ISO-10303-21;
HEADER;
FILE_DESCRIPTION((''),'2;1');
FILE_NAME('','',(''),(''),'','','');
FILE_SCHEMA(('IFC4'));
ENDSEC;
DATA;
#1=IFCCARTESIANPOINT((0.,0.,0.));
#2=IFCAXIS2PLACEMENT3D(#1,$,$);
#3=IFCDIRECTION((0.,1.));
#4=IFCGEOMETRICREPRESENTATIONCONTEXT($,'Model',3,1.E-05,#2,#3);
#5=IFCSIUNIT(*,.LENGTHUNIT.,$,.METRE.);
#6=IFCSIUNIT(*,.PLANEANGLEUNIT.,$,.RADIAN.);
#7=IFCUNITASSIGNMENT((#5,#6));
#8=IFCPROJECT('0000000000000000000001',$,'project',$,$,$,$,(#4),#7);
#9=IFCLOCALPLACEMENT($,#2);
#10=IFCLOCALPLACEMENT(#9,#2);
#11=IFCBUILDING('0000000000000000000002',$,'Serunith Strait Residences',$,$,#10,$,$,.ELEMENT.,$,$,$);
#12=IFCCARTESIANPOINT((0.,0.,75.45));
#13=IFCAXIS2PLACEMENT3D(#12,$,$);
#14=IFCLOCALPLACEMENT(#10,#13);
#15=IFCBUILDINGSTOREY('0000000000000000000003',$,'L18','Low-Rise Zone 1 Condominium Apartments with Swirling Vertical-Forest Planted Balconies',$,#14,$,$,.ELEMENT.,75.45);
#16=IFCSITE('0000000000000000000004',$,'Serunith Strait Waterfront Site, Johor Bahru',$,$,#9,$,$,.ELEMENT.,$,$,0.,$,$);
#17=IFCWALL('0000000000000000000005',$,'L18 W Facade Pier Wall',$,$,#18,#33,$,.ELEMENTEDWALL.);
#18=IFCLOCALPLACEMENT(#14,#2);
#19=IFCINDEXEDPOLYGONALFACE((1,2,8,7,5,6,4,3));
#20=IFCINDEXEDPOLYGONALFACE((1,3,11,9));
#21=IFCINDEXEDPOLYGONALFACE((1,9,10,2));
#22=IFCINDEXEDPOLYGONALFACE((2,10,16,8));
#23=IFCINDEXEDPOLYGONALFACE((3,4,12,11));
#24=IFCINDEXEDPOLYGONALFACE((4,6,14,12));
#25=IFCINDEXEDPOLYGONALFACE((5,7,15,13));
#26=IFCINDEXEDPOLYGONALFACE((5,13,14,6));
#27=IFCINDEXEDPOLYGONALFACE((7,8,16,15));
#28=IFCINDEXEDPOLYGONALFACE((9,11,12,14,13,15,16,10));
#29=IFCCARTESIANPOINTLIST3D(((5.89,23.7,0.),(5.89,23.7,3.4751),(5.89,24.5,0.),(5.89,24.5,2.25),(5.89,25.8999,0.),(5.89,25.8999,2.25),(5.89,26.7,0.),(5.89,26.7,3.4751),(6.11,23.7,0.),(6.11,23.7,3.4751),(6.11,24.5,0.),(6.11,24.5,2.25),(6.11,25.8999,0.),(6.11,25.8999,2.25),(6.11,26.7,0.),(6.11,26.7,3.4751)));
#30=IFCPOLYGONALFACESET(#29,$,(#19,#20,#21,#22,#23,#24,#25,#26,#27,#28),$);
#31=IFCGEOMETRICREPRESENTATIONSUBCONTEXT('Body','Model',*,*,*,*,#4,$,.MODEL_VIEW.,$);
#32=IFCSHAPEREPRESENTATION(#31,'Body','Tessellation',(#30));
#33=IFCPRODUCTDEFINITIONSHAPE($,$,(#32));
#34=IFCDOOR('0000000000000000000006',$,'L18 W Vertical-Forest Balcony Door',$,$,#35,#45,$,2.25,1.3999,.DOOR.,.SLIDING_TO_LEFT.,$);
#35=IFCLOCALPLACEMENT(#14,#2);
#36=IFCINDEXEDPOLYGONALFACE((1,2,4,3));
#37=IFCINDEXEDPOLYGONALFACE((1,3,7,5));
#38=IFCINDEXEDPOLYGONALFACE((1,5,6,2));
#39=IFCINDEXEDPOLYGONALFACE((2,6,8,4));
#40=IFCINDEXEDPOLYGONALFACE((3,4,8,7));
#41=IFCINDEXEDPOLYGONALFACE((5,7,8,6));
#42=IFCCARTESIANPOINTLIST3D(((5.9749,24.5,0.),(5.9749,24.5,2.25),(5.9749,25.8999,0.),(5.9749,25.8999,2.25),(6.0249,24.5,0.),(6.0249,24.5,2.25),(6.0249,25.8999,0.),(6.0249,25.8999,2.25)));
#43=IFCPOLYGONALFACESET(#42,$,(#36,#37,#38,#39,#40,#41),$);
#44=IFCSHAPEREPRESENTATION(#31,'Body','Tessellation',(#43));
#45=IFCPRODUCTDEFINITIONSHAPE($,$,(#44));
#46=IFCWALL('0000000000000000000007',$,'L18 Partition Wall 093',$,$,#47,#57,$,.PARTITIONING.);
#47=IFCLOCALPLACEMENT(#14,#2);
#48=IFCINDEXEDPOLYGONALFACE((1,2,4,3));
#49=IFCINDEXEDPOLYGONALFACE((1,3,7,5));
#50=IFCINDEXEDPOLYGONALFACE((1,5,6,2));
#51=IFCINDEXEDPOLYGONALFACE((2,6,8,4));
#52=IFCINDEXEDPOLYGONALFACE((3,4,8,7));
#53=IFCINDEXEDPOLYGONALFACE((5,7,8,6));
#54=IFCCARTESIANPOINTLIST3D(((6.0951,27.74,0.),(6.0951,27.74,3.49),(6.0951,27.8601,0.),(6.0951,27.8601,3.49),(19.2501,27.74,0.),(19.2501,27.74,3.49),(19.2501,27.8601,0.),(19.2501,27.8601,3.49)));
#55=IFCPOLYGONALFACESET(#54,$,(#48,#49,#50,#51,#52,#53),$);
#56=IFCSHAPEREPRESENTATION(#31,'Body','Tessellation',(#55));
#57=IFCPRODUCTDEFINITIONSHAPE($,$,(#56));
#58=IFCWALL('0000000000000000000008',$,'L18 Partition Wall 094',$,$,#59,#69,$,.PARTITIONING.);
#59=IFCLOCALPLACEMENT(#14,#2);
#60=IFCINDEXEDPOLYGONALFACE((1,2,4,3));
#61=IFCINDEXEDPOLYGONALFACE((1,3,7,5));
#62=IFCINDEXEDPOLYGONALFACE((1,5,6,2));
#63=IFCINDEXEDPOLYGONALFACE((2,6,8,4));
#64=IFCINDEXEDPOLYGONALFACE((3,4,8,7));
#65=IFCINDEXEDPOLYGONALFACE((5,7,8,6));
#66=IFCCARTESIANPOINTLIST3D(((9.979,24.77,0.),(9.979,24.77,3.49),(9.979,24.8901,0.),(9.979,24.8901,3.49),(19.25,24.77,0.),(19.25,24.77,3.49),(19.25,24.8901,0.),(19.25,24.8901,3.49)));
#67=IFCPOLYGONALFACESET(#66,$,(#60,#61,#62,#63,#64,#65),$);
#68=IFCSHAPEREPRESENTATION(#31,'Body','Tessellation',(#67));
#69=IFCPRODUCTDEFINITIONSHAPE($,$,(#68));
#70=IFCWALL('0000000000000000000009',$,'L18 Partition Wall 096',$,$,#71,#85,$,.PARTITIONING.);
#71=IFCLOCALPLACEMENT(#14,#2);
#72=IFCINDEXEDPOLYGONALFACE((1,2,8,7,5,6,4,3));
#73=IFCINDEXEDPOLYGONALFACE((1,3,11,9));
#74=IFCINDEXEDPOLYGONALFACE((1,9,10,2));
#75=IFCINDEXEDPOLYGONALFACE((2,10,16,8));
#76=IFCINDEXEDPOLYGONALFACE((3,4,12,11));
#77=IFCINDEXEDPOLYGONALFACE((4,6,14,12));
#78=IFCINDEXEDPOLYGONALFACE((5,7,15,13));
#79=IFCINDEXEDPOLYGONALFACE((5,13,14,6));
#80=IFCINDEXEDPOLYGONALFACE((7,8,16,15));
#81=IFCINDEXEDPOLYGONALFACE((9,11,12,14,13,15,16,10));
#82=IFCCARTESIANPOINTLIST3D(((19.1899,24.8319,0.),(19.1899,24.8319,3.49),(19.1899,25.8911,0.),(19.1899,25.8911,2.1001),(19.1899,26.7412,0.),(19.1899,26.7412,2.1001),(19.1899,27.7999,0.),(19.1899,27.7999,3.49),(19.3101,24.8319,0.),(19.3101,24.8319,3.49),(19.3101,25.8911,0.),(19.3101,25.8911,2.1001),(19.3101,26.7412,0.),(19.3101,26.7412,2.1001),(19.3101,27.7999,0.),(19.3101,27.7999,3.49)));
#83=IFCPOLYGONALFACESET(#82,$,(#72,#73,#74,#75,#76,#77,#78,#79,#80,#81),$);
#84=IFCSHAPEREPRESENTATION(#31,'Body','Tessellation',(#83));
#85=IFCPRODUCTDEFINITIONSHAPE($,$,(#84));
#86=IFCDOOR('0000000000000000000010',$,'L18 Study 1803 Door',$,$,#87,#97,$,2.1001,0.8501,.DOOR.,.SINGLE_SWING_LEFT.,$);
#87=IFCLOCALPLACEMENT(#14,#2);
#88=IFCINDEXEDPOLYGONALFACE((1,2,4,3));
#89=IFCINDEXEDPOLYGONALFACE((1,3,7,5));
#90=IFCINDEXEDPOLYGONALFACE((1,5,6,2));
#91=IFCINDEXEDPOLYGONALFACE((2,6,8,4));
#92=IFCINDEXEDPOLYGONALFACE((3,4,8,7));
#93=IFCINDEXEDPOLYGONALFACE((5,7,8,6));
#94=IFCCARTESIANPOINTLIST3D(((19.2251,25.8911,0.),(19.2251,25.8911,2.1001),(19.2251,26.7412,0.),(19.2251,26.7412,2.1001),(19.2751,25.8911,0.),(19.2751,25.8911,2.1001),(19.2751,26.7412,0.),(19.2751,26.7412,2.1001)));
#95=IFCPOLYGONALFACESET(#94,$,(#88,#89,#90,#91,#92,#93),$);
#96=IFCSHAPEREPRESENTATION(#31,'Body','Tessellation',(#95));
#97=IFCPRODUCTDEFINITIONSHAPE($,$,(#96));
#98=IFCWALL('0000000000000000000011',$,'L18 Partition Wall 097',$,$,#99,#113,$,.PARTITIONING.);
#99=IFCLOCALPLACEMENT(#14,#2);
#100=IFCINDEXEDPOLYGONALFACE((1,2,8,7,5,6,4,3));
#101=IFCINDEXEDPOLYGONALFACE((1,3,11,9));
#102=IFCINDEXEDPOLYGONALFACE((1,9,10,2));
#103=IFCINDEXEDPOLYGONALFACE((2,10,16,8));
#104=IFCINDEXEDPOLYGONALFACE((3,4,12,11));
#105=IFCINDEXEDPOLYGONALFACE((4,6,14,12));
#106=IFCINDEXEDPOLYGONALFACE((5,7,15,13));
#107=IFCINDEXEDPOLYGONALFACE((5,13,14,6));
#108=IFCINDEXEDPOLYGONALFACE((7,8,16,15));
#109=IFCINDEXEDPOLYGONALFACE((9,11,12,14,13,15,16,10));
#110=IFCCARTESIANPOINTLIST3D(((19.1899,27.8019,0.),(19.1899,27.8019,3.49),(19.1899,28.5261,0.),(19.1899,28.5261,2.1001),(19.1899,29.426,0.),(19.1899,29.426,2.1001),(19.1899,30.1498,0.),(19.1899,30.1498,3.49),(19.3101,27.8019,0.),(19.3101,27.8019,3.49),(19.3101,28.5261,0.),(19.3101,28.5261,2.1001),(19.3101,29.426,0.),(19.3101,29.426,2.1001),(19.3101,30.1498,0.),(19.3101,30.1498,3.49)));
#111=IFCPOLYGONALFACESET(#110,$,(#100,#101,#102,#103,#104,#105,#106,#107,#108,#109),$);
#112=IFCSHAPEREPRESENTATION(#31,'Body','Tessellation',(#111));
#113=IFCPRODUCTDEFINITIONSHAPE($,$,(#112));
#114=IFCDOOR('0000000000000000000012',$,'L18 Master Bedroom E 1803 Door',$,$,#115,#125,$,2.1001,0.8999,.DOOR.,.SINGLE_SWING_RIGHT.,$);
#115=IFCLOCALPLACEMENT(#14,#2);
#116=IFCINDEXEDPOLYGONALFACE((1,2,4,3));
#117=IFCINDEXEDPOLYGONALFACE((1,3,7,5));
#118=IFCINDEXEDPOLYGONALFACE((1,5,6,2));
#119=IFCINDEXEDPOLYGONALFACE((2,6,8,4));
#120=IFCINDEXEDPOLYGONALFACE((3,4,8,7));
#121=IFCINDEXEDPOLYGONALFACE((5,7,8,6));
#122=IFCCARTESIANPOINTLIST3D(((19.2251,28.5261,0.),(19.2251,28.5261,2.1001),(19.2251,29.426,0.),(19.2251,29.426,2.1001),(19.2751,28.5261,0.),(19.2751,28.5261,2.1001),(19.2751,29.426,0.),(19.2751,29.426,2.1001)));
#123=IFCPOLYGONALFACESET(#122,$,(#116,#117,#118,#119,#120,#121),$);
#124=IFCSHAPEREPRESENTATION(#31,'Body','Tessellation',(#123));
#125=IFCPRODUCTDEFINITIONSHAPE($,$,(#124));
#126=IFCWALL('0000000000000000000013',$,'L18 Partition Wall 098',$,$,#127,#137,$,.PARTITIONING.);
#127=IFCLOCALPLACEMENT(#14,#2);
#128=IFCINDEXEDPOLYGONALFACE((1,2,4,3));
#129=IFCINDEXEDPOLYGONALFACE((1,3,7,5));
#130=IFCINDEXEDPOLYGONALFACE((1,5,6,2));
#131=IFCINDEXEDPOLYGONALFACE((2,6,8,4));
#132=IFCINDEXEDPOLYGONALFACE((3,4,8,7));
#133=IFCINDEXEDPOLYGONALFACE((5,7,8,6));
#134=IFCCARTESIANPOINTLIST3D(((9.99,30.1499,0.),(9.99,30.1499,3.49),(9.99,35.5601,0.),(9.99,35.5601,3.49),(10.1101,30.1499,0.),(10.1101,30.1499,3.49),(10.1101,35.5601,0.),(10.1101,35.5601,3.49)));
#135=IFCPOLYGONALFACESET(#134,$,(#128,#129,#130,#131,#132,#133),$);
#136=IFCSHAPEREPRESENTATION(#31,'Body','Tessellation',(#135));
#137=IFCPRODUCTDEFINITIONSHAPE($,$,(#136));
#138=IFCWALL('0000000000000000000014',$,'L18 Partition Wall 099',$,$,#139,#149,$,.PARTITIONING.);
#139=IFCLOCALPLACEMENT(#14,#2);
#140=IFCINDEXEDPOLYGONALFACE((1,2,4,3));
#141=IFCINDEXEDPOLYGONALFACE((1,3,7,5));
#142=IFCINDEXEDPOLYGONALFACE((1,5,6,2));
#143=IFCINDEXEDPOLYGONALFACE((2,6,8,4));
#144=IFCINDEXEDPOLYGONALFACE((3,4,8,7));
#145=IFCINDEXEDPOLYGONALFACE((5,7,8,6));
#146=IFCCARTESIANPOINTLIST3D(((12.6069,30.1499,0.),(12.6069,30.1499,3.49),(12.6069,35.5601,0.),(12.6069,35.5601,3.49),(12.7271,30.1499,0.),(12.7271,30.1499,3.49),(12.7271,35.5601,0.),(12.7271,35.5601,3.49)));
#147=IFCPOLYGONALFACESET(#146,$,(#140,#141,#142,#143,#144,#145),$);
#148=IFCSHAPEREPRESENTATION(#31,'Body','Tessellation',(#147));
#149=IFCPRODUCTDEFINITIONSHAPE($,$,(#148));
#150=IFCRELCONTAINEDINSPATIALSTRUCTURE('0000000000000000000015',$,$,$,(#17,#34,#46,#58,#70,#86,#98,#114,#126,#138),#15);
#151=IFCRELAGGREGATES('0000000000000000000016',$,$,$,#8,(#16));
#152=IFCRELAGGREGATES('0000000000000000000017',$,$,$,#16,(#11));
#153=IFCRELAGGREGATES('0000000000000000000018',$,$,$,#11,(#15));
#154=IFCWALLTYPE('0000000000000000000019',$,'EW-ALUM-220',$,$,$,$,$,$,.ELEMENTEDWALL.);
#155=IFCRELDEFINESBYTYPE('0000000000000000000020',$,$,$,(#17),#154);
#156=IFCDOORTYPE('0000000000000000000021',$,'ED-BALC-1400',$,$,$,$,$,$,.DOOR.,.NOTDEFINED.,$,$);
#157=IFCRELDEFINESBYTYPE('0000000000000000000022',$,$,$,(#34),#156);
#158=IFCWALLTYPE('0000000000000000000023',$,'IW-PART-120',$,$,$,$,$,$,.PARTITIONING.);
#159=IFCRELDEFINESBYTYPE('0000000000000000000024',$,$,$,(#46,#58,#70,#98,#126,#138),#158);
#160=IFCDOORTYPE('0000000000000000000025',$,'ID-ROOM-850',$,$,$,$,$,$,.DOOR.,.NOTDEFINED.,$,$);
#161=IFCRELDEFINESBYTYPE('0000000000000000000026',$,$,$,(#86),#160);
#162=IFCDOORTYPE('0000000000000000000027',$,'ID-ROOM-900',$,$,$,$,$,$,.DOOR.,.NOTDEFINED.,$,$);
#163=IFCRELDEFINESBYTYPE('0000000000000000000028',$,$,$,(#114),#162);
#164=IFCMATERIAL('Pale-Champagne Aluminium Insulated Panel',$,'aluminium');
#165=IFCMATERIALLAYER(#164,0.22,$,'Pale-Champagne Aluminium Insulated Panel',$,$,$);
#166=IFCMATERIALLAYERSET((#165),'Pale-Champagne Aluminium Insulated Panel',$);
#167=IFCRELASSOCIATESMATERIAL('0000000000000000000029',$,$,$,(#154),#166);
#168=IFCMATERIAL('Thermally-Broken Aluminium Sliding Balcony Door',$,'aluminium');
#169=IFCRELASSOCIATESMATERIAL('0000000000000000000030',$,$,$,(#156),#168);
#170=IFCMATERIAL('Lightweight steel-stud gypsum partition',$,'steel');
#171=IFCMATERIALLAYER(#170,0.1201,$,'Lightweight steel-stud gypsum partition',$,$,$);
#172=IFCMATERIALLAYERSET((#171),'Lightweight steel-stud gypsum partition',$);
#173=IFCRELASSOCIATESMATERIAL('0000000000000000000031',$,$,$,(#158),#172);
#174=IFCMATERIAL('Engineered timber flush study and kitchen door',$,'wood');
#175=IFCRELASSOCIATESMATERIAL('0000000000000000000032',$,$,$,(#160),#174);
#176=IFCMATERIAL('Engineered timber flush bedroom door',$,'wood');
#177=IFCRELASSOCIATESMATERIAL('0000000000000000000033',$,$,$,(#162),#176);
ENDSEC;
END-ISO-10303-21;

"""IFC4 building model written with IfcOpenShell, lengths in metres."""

from ifc_helpers import new_model, si_unit, direction, frame, frame_2d, origin, place, context, subcontext, project, spatial, rectangle, extrude, source, transform, mapped, material, layer, layer_set, type_object, element, fill, save


model = new_model("IFC4")

# Units and contexts
model_context = context("Model", 3, precision=1e-05, world=origin(), true_north=direction((0.0, 1.0)))
body_context = subcontext(model_context, "Body", "Model", "MODEL_VIEW")
ifc_project = project(units=[si_unit("LENGTHUNIT", "METRE"), si_unit("PLANEANGLEUNIT", "RADIAN")], contexts=[model_context])

# Site, building, storey
site_placement = place(None, origin())
site = spatial("IfcSite", under=ifc_project, at=site_placement, Name="Serunith Strait Waterfront Site, Johor Bahru", CompositionType="ELEMENT", RefElevation=0.0)
building_placement = place(site_placement, origin())
building = spatial("IfcBuilding", under=site, at=building_placement, Name="Serunith Strait Residences", CompositionType="ELEMENT")
storey_placement = place(building_placement, frame((0.0, 0.0, 75.45)))
storey = spatial("IfcBuildingStorey", under=building, at=storey_placement, Name="L18", Description="Low-Rise Zone 1 Condominium Apartments with Swirling Vertical-Forest Planted Balconies", CompositionType="ELEMENT", Elevation=75.45)

# Wall, opening, door
ifc_material_1 = material(Name="Pale-Champagne Aluminium Insulated Panel", Category="aluminium")
ifc_layer_1 = layer(ifc_material_1, 0.22, Name="Pale-Champagne Aluminium Insulated Panel")
ifc_layer_set_1 = layer_set([ifc_layer_1], Name="Pale-Champagne Aluminium Insulated Panel")
wall_type_1 = type_object("IfcWallType", Name="EW-ALUM-220", PredefinedType="ELEMENTEDWALL", material=ifc_layer_set_1)
wall_1_placement = place(storey_placement, frame((6.0, 26.7, 0.0), z_axis=(0.0, 0.0, 1.0), x_axis=(0.0, -1.0, 0.0)))
wall_1 = element("IfcWall", 1, at=wall_1_placement, inside=storey, type_object=wall_type_1, Name="L18 W Facade Pier Wall", PredefinedType="ELEMENTEDWALL", context=body_context, shape_type="SweptSolid", body=[
    extrude(rectangle(XDim=3.0, YDim=0.22, at=frame_2d((1.5, 0.0))), origin(), (0.0, 0.0, 1.0), 3.4751),
])
opening_1_placement = place(wall_1_placement, frame((0.8, 0.0, 0.0)))
opening_1 = element("IfcOpeningElement", 2, at=opening_1_placement, cuts=wall_1, PredefinedType="OPENING", context=body_context, shape_type="SweptSolid", body=[
    extrude(rectangle(XDim=1.3999, YDim=2.25, at=frame_2d((0.7, 1.125))), frame((0.0, 0.1201, 0.0), z_axis=(0.0, -1.0, 0.0), x_axis=(1.0, 0.0, 0.0)), (0.0, 0.0, 1.0), 0.24),
])
ifc_material_2 = material(Name="Thermally-Broken Aluminium Sliding Balcony Door", Category="aluminium")
door_type_1 = type_object("IfcDoorType", Name="ED-BALC-1400", OperationType="NOTDEFINED", PredefinedType="DOOR", material=ifc_material_2)
shared_shape_1 = source(origin(), body_context, "Body", "SweptSolid", [
    extrude(rectangle(XDim=1.3999, YDim=2.25, at=frame_2d((0.7, 1.125))), frame((0.0, 0.0249, 0.0), z_axis=(0.0, -1.0, 0.0), x_axis=(1.0, 0.0, 0.0)), (0.0, 0.0, 1.0), 0.05),
])
door_1_placement = place(opening_1_placement, origin())
door_1 = element("IfcDoor", 3, at=door_1_placement, inside=storey, type_object=door_type_1, Name="L18 W Vertical-Forest Balcony Door", OperationType="SLIDING_TO_LEFT", OverallHeight=2.25, OverallWidth=1.3999, PredefinedType="DOOR", context=body_context, shape_type="MappedRepresentation", body=[
    mapped(shared_shape_1, transform((0.0, 0.0, 0.0), scale=1.0)),
])
fill(opening_1, door_1)

# Walls
ifc_material_3 = material(Name="Lightweight steel-stud gypsum partition", Category="steel")
ifc_layer_2 = layer(ifc_material_3, 0.1201, Name="Lightweight steel-stud gypsum partition")
ifc_layer_set_2 = layer_set([ifc_layer_2], Name="Lightweight steel-stud gypsum partition")
wall_type_2 = type_object("IfcWallType", Name="IW-PART-120", PredefinedType="PARTITIONING", material=ifc_layer_set_2)
wall_2_placement = place(storey_placement, frame((6.095, 27.8, 0.0), z_axis=(0.0, 0.0, 1.0), x_axis=(1.0, 0.0, 0.0)))
element("IfcWall", 4, at=wall_2_placement, inside=storey, type_object=wall_type_2, Name="L18 Partition Wall 093", PredefinedType="PARTITIONING", context=body_context, shape_type="SweptSolid", body=[
    extrude(rectangle(XDim=13.155, YDim=0.1201, at=frame_2d((6.5776, 0.0))), origin(), (0.0, 0.0, 1.0), 3.49),
])
wall_3_placement = place(storey_placement, frame((9.979, 24.8301, 0.0), z_axis=(0.0, 0.0, 1.0), x_axis=(1.0, 0.0, 0.0)))
element("IfcWall", 5, at=wall_3_placement, inside=storey, type_object=wall_type_2, Name="L18 Partition Wall 094", PredefinedType="PARTITIONING", context=body_context, shape_type="SweptSolid", body=[
    extrude(rectangle(XDim=9.271, YDim=0.1201, at=frame_2d((4.6355, 0.0))), origin(), (0.0, 0.0, 1.0), 3.49),
])

# Walls, openings, doors
wall_4_placement = place(storey_placement, frame((19.25, 24.832, 0.0), z_axis=(0.0, 0.0, 1.0), x_axis=(0.0, 1.0, 0.0)))
wall_4 = element("IfcWall", 6, at=wall_4_placement, inside=storey, type_object=wall_type_2, Name="L18 Partition Wall 096", PredefinedType="PARTITIONING", context=body_context, shape_type="SweptSolid", body=[
    extrude(rectangle(XDim=2.968, YDim=0.1201, at=frame_2d((1.4839, 0.0))), origin(), (0.0, 0.0, 1.0), 3.49),
])
opening_2_placement = place(wall_4_placement, frame((1.0591, 0.0, 0.0)))
opening_2 = element("IfcOpeningElement", 7, at=opening_2_placement, cuts=wall_4, PredefinedType="OPENING", context=body_context, shape_type="SweptSolid", body=[
    extrude(rectangle(XDim=0.8501, YDim=2.1001, at=frame_2d((0.425, 1.05))), frame((0.0, 0.0701, 0.0), z_axis=(0.0, -1.0, 0.0), x_axis=(1.0, 0.0, 0.0)), (0.0, 0.0, 1.0), 0.1401),
])
ifc_material_4 = material(Name="Engineered timber flush study and kitchen door", Category="wood")
door_type_2 = type_object("IfcDoorType", Name="ID-ROOM-850", OperationType="NOTDEFINED", PredefinedType="DOOR", material=ifc_material_4)
shared_shape_2 = source(origin(), body_context, "Body", "SweptSolid", [
    extrude(rectangle(XDim=0.8501, YDim=2.1001, at=frame_2d((0.425, 1.05))), frame((0.0, 0.0249, 0.0), z_axis=(0.0, -1.0, 0.0), x_axis=(1.0, 0.0, 0.0)), (0.0, 0.0, 1.0), 0.05),
])
door_2_placement = place(opening_2_placement, origin())
door_2 = element("IfcDoor", 8, at=door_2_placement, inside=storey, type_object=door_type_2, Name="L18 Study 1803 Door", OperationType="SINGLE_SWING_LEFT", OverallHeight=2.1001, OverallWidth=0.8501, PredefinedType="DOOR", context=body_context, shape_type="MappedRepresentation", body=[
    mapped(shared_shape_2, transform((0.0, 0.0, 0.0), scale=1.0)),
])
fill(opening_2, door_2)
wall_5_placement = place(storey_placement, frame((19.25, 27.802, 0.0), z_axis=(0.0, 0.0, 1.0), x_axis=(0.0, 1.0, 0.0)))
wall_5 = element("IfcWall", 9, at=wall_5_placement, inside=storey, type_object=wall_type_2, Name="L18 Partition Wall 097", PredefinedType="PARTITIONING", context=body_context, shape_type="SweptSolid", body=[
    extrude(rectangle(XDim=2.3479, YDim=0.1201, at=frame_2d((1.1738, 0.0))), origin(), (0.0, 0.0, 1.0), 3.49),
])
opening_3_placement = place(wall_5_placement, frame((0.7241, 0.0, 0.0)))
opening_3 = element("IfcOpeningElement", 10, at=opening_3_placement, cuts=wall_5, PredefinedType="OPENING", context=body_context, shape_type="SweptSolid", body=[
    extrude(rectangle(XDim=0.8999, YDim=2.1001, at=frame_2d((0.45, 1.05))), frame((0.0, 0.0701, 0.0), z_axis=(0.0, -1.0, 0.0), x_axis=(1.0, 0.0, 0.0)), (0.0, 0.0, 1.0), 0.1401),
])
ifc_material_5 = material(Name="Engineered timber flush bedroom door", Category="wood")
door_type_3 = type_object("IfcDoorType", Name="ID-ROOM-900", OperationType="NOTDEFINED", PredefinedType="DOOR", material=ifc_material_5)
shared_shape_3 = source(origin(), body_context, "Body", "SweptSolid", [
    extrude(rectangle(XDim=0.8999, YDim=2.1001, at=frame_2d((0.45, 1.05))), frame((0.0, 0.0249, 0.0), z_axis=(0.0, -1.0, 0.0), x_axis=(1.0, 0.0, 0.0)), (0.0, 0.0, 1.0), 0.05),
])
door_3_placement = place(opening_3_placement, origin())
door_3 = element("IfcDoor", 11, at=door_3_placement, inside=storey, type_object=door_type_3, Name="L18 Master Bedroom E 1803 Door", OperationType="SINGLE_SWING_RIGHT", OverallHeight=2.1001, OverallWidth=0.8999, PredefinedType="DOOR", context=body_context, shape_type="MappedRepresentation", body=[
    mapped(shared_shape_3, transform((0.0, 0.0, 0.0), scale=1.0)),
])
fill(opening_3, door_3)

# Walls
for number, where, z_axis, x_axis, name in (
    (12, (10.05, 30.1499, 0.0), (0.0, 0.0, 1.0), (0.0, 1.0, 0.0), "L18 Partition Wall 098"),
    (13, (12.667, 30.1499, 0.0), (0.0, 0.0, 1.0), (0.0, 1.0, 0.0), "L18 Partition Wall 099"),
):
    element("IfcWall", number, at=place(storey_placement, frame(where, z_axis=z_axis, x_axis=x_axis)), inside=storey, type_object=wall_type_2, Name=name, PredefinedType="PARTITIONING", context=body_context, shape_type="SweptSolid", body=[
        extrude(rectangle(XDim=5.4102, YDim=0.1201, at=frame_2d((2.7051, 0.0))), origin(), (0.0, 0.0, 1.0), 3.49),
    ])

save(model, "model.ifc")
